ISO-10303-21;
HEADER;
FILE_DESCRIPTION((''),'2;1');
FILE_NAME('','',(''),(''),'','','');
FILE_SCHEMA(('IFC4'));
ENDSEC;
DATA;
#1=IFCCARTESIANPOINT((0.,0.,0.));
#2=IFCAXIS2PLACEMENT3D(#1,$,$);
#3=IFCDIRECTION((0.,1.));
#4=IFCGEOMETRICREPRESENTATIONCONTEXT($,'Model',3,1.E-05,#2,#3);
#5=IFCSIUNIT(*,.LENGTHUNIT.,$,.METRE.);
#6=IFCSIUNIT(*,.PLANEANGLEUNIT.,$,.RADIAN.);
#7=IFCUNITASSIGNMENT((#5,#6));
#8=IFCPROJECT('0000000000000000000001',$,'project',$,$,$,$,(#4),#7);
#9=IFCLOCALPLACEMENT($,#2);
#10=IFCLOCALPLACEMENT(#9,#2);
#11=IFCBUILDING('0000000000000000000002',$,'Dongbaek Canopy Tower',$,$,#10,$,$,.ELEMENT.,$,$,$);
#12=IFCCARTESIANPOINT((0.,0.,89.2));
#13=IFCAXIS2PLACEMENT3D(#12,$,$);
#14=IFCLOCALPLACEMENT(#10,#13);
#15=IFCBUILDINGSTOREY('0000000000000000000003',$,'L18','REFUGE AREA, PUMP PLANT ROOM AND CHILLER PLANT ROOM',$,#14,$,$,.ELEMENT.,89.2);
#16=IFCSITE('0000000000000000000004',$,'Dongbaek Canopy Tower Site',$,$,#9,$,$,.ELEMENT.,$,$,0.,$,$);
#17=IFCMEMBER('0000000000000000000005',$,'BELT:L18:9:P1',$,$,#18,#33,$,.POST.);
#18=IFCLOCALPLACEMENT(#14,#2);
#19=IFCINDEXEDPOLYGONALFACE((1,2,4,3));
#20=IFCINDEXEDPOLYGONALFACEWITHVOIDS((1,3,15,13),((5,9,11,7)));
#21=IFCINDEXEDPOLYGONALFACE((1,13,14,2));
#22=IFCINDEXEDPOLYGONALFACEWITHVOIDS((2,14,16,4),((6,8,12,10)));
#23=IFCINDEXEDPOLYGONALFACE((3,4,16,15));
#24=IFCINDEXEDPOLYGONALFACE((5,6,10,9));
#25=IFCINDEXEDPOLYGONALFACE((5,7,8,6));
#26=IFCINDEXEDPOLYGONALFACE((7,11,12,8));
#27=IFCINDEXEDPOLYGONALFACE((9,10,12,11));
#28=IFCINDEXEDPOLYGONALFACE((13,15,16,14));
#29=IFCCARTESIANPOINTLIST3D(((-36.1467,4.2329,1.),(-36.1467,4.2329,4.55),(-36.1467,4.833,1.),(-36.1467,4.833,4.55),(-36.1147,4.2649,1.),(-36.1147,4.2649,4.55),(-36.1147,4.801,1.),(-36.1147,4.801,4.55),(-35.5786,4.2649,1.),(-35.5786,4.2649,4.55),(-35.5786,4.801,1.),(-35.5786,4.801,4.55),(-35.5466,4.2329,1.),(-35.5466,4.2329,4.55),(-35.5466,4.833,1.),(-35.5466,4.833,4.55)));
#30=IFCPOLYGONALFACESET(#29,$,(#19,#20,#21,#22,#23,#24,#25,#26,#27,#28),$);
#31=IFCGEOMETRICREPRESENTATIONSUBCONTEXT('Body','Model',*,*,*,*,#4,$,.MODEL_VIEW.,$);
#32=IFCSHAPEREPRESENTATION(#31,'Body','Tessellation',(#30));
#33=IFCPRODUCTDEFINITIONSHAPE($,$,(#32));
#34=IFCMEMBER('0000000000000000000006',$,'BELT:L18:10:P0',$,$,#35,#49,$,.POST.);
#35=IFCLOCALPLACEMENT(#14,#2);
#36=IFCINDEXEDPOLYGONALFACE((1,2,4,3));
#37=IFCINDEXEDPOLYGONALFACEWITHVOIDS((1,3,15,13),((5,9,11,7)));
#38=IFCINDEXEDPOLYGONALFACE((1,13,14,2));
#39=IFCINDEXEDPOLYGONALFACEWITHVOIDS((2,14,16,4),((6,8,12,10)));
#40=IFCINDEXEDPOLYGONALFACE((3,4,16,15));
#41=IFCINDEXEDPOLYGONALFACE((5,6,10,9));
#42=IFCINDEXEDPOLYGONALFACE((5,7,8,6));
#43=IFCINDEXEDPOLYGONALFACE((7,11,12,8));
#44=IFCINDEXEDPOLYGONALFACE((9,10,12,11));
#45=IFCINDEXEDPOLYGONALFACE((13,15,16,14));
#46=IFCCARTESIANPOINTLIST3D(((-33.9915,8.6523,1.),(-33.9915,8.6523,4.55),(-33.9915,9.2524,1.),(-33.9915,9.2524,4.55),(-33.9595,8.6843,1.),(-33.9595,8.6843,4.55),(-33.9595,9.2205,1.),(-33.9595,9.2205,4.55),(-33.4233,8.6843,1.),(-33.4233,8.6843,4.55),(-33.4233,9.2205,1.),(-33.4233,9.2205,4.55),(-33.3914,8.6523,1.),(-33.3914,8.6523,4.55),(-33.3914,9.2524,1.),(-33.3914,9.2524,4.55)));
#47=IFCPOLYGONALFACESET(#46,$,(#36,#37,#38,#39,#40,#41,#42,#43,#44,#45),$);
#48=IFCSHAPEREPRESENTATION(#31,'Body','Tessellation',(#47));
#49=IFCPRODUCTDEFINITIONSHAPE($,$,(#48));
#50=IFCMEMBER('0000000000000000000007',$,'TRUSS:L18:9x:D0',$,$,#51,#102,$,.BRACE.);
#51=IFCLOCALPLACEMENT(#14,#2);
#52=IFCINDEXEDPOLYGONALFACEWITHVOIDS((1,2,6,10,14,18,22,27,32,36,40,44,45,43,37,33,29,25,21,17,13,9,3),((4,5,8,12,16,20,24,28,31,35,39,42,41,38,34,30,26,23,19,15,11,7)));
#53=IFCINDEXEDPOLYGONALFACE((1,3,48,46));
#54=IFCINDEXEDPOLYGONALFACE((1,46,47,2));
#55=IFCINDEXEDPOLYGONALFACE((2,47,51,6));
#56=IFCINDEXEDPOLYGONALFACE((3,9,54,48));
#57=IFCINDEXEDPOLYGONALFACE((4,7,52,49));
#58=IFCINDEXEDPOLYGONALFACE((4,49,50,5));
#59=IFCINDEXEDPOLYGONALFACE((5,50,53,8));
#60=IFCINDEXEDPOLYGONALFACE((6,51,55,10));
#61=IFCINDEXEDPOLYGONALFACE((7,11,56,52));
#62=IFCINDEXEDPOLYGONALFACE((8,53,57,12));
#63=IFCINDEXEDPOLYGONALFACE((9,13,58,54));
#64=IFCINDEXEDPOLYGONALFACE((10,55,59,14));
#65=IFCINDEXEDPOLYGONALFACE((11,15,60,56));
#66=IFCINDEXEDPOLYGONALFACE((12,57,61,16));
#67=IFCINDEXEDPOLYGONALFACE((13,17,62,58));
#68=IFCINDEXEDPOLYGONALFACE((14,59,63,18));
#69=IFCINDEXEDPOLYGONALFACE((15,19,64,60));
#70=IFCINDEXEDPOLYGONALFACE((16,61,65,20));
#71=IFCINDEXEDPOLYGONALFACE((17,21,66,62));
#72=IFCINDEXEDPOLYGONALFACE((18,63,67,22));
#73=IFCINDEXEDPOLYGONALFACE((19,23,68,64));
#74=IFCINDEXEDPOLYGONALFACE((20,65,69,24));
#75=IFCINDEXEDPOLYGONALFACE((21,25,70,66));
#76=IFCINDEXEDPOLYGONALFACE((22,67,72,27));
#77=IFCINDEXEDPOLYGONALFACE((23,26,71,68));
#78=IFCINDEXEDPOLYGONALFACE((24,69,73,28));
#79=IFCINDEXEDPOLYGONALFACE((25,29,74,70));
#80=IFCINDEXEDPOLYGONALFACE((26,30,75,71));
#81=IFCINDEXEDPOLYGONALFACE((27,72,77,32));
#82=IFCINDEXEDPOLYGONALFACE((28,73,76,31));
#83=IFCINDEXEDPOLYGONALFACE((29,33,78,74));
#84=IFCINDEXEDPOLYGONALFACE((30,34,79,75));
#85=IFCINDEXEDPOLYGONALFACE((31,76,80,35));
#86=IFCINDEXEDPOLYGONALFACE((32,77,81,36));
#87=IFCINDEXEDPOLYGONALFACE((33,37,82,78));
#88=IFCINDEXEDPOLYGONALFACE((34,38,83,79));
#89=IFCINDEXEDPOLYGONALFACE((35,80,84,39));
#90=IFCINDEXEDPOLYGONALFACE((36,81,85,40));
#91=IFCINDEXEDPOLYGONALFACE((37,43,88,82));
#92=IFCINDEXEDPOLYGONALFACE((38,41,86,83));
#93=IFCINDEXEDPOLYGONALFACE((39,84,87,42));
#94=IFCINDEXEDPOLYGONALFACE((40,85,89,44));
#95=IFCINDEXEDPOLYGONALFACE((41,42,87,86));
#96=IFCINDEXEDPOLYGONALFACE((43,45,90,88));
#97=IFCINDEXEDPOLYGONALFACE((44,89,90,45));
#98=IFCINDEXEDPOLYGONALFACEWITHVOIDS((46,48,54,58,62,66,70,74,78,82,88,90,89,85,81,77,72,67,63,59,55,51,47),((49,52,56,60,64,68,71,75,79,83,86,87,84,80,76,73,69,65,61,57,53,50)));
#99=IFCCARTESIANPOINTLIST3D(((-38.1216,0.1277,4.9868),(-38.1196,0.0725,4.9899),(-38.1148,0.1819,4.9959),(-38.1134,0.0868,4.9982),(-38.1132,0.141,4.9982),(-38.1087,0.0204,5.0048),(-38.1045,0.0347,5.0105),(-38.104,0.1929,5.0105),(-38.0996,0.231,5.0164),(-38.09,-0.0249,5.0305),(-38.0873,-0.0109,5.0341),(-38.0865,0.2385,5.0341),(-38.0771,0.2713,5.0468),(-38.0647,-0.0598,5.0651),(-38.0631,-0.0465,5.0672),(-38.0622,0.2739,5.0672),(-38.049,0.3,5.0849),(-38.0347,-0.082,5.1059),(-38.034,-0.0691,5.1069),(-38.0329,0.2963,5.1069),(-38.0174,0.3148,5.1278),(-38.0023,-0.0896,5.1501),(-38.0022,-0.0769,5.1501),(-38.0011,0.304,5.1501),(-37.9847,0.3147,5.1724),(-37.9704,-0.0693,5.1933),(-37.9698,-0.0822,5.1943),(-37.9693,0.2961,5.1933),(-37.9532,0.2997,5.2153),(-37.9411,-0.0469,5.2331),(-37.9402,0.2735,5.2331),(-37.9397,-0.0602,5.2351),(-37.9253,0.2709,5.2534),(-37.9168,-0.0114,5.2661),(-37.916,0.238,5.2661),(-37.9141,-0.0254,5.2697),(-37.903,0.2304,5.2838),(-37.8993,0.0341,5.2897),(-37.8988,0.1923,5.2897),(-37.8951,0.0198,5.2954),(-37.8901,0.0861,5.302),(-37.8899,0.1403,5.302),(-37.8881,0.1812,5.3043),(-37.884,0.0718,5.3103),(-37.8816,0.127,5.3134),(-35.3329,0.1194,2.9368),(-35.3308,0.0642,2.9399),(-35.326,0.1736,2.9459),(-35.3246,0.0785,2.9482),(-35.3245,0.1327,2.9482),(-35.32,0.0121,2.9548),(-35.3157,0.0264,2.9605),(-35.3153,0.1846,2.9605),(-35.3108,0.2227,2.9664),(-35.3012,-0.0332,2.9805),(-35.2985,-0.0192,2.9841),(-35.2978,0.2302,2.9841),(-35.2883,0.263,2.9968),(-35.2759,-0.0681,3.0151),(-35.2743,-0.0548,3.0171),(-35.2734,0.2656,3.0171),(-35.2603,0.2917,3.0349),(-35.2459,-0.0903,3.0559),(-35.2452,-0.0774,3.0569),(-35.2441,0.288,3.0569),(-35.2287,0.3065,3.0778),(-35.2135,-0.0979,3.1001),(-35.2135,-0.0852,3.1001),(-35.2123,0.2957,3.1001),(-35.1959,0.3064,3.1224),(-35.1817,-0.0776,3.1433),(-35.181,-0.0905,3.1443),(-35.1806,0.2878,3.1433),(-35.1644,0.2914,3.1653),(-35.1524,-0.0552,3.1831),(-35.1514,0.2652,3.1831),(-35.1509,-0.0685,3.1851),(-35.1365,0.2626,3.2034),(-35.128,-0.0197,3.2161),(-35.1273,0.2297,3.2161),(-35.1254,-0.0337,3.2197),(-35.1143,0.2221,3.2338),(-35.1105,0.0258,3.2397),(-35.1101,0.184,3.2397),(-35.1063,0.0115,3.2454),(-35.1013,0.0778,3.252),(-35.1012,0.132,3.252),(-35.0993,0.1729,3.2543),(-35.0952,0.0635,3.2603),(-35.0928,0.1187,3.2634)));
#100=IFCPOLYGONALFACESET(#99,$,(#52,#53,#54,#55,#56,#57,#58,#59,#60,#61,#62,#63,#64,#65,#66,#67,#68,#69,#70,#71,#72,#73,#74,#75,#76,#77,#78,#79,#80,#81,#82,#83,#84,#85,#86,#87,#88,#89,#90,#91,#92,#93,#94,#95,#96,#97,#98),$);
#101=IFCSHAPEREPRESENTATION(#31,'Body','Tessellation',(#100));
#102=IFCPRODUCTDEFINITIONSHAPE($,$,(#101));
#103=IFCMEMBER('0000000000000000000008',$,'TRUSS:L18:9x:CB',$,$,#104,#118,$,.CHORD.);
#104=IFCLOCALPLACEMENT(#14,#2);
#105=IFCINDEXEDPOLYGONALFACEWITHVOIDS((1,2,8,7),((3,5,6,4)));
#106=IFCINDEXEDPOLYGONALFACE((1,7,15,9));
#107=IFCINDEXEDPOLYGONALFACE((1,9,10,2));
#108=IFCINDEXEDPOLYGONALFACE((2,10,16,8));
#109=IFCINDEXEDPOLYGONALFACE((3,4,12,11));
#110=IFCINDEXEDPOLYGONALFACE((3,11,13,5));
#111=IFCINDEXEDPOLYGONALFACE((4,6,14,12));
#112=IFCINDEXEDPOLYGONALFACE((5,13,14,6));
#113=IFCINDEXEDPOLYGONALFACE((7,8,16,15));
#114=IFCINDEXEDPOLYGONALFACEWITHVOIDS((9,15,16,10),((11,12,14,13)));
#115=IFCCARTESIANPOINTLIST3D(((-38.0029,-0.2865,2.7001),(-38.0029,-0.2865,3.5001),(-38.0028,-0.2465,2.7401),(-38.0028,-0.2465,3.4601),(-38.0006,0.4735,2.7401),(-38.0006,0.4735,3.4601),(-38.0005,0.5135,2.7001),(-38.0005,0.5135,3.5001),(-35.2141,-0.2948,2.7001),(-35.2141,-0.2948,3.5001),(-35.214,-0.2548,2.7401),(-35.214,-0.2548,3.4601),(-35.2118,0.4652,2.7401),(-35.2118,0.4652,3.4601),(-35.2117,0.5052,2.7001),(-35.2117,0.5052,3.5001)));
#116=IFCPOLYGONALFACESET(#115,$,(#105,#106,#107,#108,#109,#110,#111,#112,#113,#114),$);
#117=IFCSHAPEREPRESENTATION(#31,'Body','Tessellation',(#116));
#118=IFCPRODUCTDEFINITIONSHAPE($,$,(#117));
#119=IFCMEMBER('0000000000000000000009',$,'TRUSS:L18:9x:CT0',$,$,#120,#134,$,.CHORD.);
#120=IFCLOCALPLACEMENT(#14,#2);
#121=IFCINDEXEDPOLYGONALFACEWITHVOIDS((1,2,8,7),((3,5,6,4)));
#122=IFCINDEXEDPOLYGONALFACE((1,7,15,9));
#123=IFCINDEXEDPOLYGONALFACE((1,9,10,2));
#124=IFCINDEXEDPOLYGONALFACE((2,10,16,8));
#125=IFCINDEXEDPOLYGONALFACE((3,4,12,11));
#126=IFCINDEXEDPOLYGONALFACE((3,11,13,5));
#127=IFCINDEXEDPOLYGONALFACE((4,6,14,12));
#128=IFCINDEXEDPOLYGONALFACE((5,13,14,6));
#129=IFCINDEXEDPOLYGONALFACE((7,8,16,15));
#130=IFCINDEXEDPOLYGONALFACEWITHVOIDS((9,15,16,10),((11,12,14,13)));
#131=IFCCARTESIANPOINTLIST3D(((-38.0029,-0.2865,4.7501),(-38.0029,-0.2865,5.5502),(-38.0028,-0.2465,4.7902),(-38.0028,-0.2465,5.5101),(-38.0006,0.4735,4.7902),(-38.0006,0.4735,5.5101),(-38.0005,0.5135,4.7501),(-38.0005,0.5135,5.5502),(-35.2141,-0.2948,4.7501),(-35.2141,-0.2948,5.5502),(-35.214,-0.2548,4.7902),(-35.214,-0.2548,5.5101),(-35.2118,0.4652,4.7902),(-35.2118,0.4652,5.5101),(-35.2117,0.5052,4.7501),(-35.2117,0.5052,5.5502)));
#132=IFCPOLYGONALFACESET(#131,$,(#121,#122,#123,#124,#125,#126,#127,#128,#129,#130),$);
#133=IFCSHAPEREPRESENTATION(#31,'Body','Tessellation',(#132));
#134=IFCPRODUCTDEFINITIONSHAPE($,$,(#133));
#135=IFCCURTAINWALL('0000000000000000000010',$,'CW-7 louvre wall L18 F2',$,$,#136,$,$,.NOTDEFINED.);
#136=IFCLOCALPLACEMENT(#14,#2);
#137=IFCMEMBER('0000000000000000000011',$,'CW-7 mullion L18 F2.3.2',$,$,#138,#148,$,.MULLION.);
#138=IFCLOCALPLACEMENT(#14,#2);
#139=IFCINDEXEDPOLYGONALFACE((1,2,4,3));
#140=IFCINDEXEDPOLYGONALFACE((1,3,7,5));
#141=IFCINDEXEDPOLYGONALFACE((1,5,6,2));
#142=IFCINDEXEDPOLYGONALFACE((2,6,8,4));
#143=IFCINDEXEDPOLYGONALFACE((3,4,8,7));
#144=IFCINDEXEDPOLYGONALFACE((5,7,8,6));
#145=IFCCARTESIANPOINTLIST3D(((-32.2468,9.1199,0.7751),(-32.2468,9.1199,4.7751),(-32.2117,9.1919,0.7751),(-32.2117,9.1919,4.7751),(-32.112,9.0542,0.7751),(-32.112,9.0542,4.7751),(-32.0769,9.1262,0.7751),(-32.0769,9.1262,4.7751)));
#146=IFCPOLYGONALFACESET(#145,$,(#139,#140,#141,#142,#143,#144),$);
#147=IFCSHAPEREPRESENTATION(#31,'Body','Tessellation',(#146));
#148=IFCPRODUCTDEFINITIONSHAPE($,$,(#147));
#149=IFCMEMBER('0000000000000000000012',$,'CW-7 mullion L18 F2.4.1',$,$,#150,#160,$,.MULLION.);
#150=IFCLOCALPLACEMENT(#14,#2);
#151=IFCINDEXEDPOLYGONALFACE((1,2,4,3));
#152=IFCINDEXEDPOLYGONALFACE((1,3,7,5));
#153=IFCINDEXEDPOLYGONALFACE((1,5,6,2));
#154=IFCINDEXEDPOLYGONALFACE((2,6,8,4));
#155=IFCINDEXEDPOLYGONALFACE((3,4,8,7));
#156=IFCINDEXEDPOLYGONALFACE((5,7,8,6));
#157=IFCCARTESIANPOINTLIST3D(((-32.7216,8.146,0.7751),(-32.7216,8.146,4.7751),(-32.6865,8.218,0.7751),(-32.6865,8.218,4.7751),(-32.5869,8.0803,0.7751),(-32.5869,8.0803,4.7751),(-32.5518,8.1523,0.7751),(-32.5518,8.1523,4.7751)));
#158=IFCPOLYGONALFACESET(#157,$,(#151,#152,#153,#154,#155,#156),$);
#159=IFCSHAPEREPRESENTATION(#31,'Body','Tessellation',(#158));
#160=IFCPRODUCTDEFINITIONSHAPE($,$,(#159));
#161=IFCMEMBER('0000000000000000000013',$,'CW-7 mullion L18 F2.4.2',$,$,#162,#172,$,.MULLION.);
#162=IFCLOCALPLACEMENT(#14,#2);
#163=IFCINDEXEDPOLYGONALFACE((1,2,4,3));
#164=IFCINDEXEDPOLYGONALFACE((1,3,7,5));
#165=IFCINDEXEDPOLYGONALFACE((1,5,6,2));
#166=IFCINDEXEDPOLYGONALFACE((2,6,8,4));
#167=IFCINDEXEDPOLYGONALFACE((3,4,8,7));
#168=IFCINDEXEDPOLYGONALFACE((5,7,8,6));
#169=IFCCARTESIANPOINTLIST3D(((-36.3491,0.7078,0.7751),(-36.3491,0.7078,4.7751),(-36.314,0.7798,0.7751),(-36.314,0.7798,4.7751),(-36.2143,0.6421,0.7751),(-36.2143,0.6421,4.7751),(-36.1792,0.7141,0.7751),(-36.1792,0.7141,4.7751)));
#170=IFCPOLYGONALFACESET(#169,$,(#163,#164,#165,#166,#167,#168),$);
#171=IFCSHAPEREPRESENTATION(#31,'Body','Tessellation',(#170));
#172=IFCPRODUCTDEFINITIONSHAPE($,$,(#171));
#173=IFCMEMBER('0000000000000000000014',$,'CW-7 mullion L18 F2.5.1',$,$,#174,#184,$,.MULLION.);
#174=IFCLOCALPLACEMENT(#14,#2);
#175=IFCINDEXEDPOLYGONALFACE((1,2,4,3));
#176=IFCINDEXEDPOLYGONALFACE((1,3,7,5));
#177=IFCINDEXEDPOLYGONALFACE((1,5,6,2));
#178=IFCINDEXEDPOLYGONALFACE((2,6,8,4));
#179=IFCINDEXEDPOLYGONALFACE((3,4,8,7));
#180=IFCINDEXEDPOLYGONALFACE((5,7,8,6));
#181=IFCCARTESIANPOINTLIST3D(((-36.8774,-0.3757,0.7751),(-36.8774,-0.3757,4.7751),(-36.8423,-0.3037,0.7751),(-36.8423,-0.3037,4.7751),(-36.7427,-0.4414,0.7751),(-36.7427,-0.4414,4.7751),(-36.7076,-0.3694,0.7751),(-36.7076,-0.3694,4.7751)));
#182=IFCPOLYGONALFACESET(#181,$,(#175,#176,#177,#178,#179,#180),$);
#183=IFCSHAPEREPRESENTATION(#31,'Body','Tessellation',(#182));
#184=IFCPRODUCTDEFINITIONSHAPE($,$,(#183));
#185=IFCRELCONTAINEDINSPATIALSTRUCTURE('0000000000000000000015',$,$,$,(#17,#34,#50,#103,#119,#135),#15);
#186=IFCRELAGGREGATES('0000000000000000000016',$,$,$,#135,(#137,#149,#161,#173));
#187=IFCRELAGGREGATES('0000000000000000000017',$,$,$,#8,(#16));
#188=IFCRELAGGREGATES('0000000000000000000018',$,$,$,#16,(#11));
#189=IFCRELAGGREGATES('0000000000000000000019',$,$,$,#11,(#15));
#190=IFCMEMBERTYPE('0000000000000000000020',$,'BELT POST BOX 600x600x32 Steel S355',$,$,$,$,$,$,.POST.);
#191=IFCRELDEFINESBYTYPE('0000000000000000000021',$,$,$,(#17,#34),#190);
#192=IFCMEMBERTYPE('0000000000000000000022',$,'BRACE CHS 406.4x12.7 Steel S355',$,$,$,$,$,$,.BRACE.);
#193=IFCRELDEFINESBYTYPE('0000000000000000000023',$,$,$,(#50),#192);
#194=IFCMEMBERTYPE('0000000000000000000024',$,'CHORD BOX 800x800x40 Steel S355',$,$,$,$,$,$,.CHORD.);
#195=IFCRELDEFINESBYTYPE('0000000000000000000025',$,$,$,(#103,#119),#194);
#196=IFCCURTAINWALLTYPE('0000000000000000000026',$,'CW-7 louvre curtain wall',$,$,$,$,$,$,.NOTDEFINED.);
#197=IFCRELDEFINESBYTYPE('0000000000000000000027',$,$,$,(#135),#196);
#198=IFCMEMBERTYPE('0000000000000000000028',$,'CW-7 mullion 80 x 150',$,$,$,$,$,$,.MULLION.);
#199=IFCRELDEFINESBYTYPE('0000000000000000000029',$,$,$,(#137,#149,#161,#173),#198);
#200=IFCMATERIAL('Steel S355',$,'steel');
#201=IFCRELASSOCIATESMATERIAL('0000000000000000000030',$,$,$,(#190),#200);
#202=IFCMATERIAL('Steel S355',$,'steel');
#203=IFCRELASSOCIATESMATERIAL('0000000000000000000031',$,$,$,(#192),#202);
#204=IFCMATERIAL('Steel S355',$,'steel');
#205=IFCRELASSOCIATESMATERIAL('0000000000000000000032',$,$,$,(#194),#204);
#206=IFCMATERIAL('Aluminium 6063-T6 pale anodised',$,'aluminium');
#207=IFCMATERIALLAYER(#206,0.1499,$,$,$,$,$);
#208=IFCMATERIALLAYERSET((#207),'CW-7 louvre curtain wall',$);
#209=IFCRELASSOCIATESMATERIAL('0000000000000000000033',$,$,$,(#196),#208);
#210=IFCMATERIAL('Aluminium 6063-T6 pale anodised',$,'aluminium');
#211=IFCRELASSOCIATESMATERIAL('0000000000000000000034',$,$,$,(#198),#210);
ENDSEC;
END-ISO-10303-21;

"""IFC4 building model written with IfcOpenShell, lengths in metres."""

from ifc_helpers import new_model, si_unit, direction, frame, origin, origin_2d, place, context, subcontext, project, spatial, rectangle, hollow_rectangle, hollow_circle, extrude, material, layer, layer_set, material_profile, profile_set, type_object, element, aggregate, save


model = new_model("IFC4")

# Units and contexts
model_context = context("Model", 3, precision=1e-05, world=origin(), true_north=direction((0.0, 1.0)))
body_context = subcontext(model_context, "Body", "Model", "MODEL_VIEW")
ifc_project = project(units=[si_unit("LENGTHUNIT", "METRE"), si_unit("PLANEANGLEUNIT", "RADIAN")], contexts=[model_context])

# Site, building, storey
site_placement = place(None, origin())
site = spatial("IfcSite", under=ifc_project, at=site_placement, Name="Dongbaek Canopy Tower Site", CompositionType="ELEMENT", RefElevation=0.0)
building_placement = place(site_placement, origin())
building = spatial("IfcBuilding", under=site, at=building_placement, Name="Dongbaek Canopy Tower", CompositionType="ELEMENT")
storey_placement = place(building_placement, frame((0.0, 0.0, 89.2)))
storey = spatial("IfcBuildingStorey", under=building, at=storey_placement, Name="L18", Description="REFUGE AREA, PUMP PLANT ROOM AND CHILLER PLANT ROOM", CompositionType="ELEMENT", Elevation=89.2)

# Members
ifc_material_1 = material(Name="Steel S355", Category="steel")
ifc_material_profile_1 = material_profile(ifc_material_1, hollow_rectangle(XDim=0.6001, YDim=0.6001, WallThickness=0.032, at=origin_2d()), Name="BELT POST BOX 600x600x32 Steel S355")
ifc_profile_set_1 = profile_set([ifc_material_profile_1], Name="Steel S355")
member_type_1 = type_object("IfcMemberType", Name="BELT POST BOX 600x600x32 Steel S355", PredefinedType="POST", material=ifc_profile_set_1)
for number, where, z_axis, x_axis, name in (
    (1, (-35.8467, 4.533, 1.0), (0.0, 0.0, 1.0), (1.0, 0.0, 0.0), "BELT:L18:9:P1"),
    (2, (-33.6914, 8.9524, 1.0), (0.0, 0.0, 1.0), (1.0, 0.0, 0.0), "BELT:L18:10:P0"),
):
    element("IfcMember", number, at=place(storey_placement, frame(where, z_axis=z_axis, x_axis=x_axis)), inside=storey, type_object=member_type_1, Name=name, PredefinedType="POST", context=body_context, shape_type="SweptSolid", body=[
        extrude(hollow_rectangle(XDim=0.6001, YDim=0.6001, WallThickness=0.032, at=origin_2d()), origin(), (0.0, 0.0, 1.0), 3.55),
    ])
ifc_material_2 = material(Name="Steel S355", Category="steel")
ifc_material_profile_2 = material_profile(ifc_material_2, hollow_circle(Radius=0.2031, WallThickness=0.0127, at=origin_2d()), Name="BRACE CHS 406.4x12.7 Steel S355")
ifc_profile_set_2 = profile_set([ifc_material_profile_2], Name="Steel S355")
member_type_2 = type_object("IfcMemberType", Name="BRACE CHS 406.4x12.7 Steel S355", PredefinedType="BRACE", material=ifc_profile_set_2)
member_1_placement = place(storey_placement, frame((-35.2129, 0.1052, 3.1001), z_axis=(-0.805725, 0.002398, 0.592285), x_axis=(-0.002976, -0.999996, 0.0)))
element("IfcMember", 3, at=member_1_placement, inside=storey, type_object=member_type_2, Name="TRUSS:L18:9x:D0", PredefinedType="BRACE", context=body_context, shape_type="SweptSolid", body=[
    extrude(hollow_circle(Radius=0.2031, WallThickness=0.0127, at=origin_2d()), origin(), (0.0, 0.0, 1.0), 3.4612),
])
ifc_material_3 = material(Name="Steel S355", Category="steel")
ifc_material_profile_3 = material_profile(ifc_material_3, hollow_rectangle(XDim=0.8, YDim=0.8, WallThickness=0.04, at=origin_2d()), Name="CHORD BOX 800x800x40 Steel S355")
ifc_profile_set_3 = profile_set([ifc_material_profile_3], Name="Steel S355")
member_type_3 = type_object("IfcMemberType", Name="CHORD BOX 800x800x40 Steel S355", PredefinedType="CHORD", material=ifc_profile_set_3)
for number, where, z_axis, x_axis, name in (
    (4, (-35.2129, 0.1052, 3.1001), (-0.999996, 0.002976, 0.0), (-0.002976, -0.999996, 0.0), "TRUSS:L18:9x:CB"),
    (5, (-35.2129, 0.1052, 5.1501), (-0.999996, 0.002976, 0.0), (-0.002976, -0.999996, 0.0), "TRUSS:L18:9x:CT0"),
):
    element("IfcMember", number, at=place(storey_placement, frame(where, z_axis=z_axis, x_axis=x_axis)), inside=storey, type_object=member_type_3, Name=name, PredefinedType="CHORD", context=body_context, shape_type="SweptSolid", body=[
        extrude(hollow_rectangle(XDim=0.8, YDim=0.8, WallThickness=0.04, at=origin_2d()), origin(), (0.0, 0.0, 1.0), 2.7888),
    ])

# Curtain wall, members
ifc_material_4 = material(Name="Aluminium 6063-T6 pale anodised", Category="aluminium")
ifc_layer_1 = layer(ifc_material_4, 0.1499)
ifc_layer_set_1 = layer_set([ifc_layer_1], Name="CW-7 louvre curtain wall")
curtain_wall_type = type_object("IfcCurtainWallType", Name="CW-7 louvre curtain wall", PredefinedType="NOTDEFINED", material=ifc_layer_set_1)
curtain_wall_placement = place(storey_placement, origin())
curtain_wall = element("IfcCurtainWall", 6, at=curtain_wall_placement, inside=storey, type_object=curtain_wall_type, Name="CW-7 louvre wall L18 F2", PredefinedType="NOTDEFINED")
ifc_material_5 = material(Name="Aluminium 6063-T6 pale anodised", Category="aluminium")
ifc_material_profile_4 = material_profile(ifc_material_5, rectangle(XDim=0.1499, YDim=0.0801, at=origin_2d()), Name="CW-7 mullion 80 x 150")
ifc_profile_set_4 = profile_set([ifc_material_profile_4], Name="Aluminium 6063-T6 pale anodised")
member_type_4 = type_object("IfcMemberType", Name="CW-7 mullion 80 x 150", PredefinedType="MULLION", material=ifc_profile_set_4)
member_2_placement = place(storey_placement, frame((-32.1619, 9.123, 0.7751), z_axis=(0.0, 0.0, 1.0), x_axis=(-0.898815, 0.438328, 0.0)))
member_2 = element("IfcMember", 7, at=member_2_placement, type_object=member_type_4, Name="CW-7 mullion L18 F2.3.2", PredefinedType="MULLION", context=body_context, shape_type="SweptSolid", body=[
    extrude(rectangle(XDim=0.1499, YDim=0.0801, at=origin_2d()), origin(), (0.0, 0.0, 1.0), 4.0),
])
member_3_placement = place(storey_placement, frame((-32.6367, 8.1492, 0.7751), z_axis=(0.0, 0.0, 1.0), x_axis=(-0.898815, 0.438328, 0.0)))
member_3 = element("IfcMember", 8, at=member_3_placement, type_object=member_type_4, Name="CW-7 mullion L18 F2.4.1", PredefinedType="MULLION", context=body_context, shape_type="SweptSolid", body=[
    extrude(rectangle(XDim=0.1499, YDim=0.0801, at=origin_2d()), origin(), (0.0, 0.0, 1.0), 4.0),
])
member_4_placement = place(storey_placement, frame((-36.2642, 0.7109, 0.7751), z_axis=(0.0, 0.0, 1.0), x_axis=(-0.898815, 0.438328, 0.0)))
member_4 = element("IfcMember", 9, at=member_4_placement, type_object=member_type_4, Name="CW-7 mullion L18 F2.4.2", PredefinedType="MULLION", context=body_context, shape_type="SweptSolid", body=[
    extrude(rectangle(XDim=0.1499, YDim=0.0801, at=origin_2d()), origin(), (0.0, 0.0, 1.0), 4.0),
])
member_5_placement = place(storey_placement, frame((-36.7925, -0.3726, 0.7751), z_axis=(0.0, 0.0, 1.0), x_axis=(-0.898815, 0.438328, 0.0)))
member_5 = element("IfcMember", 10, at=member_5_placement, type_object=member_type_4, Name="CW-7 mullion L18 F2.5.1", PredefinedType="MULLION", context=body_context, shape_type="SweptSolid", body=[
    extrude(rectangle(XDim=0.1499, YDim=0.0801, at=origin_2d()), origin(), (0.0, 0.0, 1.0), 4.0),
])

aggregate(curtain_wall, [member_2, member_3, member_4, member_5])

save(model, "model.ifc")
